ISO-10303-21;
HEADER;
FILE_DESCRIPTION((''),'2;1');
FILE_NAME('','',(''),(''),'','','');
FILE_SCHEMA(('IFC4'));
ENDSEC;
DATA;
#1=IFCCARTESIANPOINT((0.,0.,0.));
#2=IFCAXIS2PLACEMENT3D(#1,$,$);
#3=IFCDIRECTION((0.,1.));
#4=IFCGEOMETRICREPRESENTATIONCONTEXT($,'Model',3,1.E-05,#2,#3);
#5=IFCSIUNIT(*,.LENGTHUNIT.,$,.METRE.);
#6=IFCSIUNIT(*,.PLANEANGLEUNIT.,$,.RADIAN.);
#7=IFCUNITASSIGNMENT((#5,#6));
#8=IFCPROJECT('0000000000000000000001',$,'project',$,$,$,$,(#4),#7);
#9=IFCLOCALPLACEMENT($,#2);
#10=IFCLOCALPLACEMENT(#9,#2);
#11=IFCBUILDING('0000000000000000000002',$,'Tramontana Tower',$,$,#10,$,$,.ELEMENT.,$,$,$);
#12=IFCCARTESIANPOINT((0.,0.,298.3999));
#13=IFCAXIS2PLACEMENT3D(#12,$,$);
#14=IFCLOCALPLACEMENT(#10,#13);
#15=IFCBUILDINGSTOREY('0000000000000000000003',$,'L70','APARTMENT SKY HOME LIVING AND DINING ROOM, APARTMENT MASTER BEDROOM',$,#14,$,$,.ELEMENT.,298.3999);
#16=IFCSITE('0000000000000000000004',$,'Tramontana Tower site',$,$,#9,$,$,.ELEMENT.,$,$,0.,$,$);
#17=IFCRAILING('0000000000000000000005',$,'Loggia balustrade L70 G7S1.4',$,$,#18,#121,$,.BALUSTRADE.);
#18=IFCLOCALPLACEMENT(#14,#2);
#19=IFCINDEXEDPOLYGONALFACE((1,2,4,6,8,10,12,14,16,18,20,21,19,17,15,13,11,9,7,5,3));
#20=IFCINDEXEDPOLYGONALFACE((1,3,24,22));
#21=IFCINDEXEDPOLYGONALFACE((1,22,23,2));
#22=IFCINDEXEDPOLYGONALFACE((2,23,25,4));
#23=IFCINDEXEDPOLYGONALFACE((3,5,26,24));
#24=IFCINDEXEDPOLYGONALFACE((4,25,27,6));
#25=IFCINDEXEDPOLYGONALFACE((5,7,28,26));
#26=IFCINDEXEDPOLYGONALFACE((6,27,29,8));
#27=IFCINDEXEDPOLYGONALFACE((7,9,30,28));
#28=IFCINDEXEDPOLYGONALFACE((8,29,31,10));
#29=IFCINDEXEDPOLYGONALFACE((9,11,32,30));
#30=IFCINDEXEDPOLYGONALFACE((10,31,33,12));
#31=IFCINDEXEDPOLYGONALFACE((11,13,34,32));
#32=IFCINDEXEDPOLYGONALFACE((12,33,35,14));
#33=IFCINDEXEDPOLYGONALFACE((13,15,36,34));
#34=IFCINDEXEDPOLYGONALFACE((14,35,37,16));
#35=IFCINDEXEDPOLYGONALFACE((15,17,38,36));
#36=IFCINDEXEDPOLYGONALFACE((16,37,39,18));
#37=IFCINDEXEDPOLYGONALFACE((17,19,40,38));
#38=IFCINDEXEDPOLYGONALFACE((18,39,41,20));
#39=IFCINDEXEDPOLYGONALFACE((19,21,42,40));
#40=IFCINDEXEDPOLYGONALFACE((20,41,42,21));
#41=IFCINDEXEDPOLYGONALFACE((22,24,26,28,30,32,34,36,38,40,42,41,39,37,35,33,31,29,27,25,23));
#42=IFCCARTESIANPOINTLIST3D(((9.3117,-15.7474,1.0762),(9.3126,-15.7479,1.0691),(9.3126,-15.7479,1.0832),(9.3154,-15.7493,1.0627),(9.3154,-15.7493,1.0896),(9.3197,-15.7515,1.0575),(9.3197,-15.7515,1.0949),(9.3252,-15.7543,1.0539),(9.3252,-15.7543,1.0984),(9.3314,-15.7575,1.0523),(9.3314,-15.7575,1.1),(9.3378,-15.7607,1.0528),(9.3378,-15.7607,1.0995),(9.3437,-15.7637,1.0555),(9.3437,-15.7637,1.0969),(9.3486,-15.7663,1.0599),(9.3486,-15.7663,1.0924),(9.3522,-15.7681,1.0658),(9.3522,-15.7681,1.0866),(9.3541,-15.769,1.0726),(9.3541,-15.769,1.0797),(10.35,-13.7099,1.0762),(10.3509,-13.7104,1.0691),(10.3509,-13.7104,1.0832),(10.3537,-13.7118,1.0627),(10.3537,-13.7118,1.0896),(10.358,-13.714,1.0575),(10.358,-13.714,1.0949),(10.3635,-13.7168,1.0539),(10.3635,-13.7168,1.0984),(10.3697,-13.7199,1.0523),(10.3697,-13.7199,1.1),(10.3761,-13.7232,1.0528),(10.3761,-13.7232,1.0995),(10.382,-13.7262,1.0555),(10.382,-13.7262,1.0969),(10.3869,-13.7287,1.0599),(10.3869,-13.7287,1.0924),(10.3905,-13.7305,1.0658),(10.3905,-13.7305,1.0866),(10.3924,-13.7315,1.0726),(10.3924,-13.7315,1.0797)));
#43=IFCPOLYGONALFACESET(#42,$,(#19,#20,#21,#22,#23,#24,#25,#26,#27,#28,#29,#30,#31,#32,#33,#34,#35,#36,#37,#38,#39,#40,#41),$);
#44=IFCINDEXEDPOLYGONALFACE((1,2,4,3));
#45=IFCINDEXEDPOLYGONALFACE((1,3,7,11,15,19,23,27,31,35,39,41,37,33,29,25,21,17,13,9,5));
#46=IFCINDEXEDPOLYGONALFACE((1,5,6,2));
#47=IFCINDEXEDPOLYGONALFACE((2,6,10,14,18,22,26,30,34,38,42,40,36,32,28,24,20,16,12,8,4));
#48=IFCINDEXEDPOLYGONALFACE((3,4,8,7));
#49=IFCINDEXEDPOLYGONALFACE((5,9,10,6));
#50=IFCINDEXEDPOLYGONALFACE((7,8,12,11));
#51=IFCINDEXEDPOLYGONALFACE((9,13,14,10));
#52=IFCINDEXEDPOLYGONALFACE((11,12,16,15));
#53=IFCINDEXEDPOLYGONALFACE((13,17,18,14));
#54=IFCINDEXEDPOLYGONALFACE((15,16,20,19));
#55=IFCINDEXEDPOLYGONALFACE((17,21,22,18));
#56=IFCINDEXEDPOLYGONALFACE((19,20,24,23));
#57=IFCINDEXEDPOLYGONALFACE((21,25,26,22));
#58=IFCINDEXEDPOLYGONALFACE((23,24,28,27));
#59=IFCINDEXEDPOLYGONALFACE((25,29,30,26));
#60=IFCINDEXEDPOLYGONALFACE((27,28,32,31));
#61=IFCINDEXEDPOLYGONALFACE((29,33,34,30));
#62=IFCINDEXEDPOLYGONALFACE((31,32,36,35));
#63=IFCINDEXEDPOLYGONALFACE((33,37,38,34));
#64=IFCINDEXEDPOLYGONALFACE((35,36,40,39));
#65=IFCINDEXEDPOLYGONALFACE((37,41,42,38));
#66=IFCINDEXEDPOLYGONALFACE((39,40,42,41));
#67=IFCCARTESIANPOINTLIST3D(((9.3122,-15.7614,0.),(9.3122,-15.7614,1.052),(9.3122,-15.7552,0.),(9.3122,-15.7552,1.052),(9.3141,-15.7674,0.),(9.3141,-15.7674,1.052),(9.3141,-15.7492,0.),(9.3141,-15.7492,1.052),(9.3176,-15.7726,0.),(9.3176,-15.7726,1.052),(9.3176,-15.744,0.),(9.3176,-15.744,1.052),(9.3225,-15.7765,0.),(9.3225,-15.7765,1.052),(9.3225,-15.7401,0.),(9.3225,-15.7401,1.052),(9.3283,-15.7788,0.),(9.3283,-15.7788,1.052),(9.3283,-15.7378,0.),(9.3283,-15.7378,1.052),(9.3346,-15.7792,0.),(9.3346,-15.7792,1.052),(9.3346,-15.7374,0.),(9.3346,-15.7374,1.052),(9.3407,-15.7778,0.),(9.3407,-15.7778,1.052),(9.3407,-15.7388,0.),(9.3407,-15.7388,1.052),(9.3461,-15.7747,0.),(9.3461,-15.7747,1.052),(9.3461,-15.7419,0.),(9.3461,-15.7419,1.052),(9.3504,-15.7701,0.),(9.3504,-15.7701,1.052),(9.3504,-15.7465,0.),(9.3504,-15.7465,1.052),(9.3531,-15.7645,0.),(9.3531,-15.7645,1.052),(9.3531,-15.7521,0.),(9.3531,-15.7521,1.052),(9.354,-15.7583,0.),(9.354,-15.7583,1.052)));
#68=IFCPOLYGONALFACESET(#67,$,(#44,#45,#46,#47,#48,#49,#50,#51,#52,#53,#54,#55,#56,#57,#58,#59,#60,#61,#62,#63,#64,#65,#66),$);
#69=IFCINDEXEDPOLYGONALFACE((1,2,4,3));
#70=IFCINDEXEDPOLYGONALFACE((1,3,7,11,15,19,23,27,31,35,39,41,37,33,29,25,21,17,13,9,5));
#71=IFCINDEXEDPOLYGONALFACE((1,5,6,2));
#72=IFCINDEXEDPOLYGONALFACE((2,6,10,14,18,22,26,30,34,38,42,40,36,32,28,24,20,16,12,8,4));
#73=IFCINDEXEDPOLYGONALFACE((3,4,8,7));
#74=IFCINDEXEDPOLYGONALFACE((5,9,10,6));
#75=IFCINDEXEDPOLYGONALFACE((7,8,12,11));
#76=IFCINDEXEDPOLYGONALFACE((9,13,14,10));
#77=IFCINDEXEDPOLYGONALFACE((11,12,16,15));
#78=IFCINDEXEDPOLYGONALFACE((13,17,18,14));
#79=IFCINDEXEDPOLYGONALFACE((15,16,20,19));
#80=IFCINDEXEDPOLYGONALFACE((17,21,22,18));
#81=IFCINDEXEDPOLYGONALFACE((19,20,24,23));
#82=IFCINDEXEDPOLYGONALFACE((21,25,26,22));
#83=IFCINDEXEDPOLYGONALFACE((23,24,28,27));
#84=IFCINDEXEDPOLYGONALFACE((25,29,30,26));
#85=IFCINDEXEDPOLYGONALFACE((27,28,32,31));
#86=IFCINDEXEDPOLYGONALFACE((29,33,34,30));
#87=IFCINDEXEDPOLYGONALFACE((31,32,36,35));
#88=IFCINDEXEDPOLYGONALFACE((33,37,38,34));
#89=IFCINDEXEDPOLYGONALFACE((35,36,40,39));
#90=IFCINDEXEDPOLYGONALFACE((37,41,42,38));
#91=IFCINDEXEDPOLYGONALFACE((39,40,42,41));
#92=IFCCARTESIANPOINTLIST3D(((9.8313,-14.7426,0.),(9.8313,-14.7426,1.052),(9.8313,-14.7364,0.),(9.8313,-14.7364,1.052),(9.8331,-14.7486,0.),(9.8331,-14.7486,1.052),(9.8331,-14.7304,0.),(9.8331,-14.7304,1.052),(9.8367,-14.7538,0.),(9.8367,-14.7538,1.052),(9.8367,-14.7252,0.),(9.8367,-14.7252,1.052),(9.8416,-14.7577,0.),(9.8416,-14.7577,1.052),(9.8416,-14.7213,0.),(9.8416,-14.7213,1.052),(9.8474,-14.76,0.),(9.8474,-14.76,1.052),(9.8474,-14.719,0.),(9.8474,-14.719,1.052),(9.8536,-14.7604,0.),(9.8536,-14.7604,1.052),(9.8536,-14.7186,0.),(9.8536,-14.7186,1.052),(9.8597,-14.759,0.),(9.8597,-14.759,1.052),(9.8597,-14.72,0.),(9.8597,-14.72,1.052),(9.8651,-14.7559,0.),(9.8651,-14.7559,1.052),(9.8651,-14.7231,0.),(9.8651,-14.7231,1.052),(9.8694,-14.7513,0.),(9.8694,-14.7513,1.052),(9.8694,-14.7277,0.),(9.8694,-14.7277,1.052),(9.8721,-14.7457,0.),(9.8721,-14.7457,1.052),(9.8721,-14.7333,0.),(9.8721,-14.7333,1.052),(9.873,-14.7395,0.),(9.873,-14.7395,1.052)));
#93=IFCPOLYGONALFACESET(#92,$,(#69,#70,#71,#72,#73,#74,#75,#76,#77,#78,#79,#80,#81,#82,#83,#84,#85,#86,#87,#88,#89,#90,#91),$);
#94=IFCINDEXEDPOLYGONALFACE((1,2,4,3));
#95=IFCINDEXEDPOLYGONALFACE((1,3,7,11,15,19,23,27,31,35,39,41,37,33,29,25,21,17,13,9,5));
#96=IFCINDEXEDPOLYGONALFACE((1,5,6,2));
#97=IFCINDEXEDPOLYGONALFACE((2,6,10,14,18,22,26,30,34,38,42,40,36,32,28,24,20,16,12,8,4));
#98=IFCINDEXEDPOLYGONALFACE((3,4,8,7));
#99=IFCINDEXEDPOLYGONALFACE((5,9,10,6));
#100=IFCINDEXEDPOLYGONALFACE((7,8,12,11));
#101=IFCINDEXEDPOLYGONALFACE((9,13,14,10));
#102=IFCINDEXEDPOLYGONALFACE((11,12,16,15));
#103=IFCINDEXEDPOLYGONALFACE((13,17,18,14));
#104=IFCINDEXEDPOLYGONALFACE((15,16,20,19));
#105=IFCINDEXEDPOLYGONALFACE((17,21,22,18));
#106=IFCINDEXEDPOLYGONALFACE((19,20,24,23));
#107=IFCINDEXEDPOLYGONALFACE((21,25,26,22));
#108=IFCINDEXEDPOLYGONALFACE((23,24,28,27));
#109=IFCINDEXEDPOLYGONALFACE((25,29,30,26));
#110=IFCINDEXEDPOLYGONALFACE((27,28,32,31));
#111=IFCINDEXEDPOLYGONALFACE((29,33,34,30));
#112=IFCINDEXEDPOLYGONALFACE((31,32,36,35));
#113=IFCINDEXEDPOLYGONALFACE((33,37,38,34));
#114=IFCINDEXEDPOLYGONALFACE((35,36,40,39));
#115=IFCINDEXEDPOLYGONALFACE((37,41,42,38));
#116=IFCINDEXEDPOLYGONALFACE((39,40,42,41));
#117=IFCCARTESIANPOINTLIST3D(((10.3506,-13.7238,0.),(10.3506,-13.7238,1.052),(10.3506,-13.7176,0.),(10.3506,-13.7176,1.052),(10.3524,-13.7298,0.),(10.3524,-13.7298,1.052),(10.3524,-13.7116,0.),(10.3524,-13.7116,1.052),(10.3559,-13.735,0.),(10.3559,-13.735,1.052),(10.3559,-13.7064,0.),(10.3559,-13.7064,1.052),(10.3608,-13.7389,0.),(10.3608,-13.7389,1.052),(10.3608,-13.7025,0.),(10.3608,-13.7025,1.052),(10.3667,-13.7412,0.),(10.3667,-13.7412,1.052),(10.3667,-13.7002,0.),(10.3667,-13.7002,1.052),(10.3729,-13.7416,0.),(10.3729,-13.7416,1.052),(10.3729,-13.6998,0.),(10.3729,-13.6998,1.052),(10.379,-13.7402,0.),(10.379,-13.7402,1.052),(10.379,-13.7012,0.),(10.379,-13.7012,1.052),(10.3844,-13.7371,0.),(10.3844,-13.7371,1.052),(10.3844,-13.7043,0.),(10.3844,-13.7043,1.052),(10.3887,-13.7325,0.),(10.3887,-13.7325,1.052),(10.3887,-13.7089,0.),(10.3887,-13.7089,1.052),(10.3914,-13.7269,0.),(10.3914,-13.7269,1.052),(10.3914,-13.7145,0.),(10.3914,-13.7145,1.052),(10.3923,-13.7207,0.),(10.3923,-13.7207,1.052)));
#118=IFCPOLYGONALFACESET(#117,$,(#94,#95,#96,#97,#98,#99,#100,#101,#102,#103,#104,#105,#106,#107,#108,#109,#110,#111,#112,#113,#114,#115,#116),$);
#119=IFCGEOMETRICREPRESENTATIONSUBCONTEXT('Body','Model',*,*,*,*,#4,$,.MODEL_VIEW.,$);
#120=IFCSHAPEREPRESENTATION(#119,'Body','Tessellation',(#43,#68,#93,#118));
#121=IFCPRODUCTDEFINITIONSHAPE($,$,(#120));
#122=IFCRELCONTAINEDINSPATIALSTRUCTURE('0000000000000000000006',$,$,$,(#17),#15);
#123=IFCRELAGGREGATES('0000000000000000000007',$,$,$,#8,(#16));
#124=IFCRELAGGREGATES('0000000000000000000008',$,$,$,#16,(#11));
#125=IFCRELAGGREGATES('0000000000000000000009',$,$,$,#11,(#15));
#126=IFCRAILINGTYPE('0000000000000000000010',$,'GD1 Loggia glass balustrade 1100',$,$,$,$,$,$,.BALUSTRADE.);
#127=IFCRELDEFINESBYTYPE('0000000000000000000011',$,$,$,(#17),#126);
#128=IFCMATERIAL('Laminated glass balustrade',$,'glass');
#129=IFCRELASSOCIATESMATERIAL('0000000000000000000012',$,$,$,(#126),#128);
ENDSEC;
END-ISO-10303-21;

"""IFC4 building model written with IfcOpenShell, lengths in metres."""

from ifc_helpers import new_model, si_unit, direction, frame, origin, origin_2d, place, context, subcontext, project, spatial, circle, extrude, material, type_object, element, save


model = new_model("IFC4")

# Units and contexts
model_context = context("Model", 3, precision=1e-05, world=origin(), true_north=direction((0.0, 1.0)))
body_context = subcontext(model_context, "Body", "Model", "MODEL_VIEW")
ifc_project = project(units=[si_unit("LENGTHUNIT", "METRE"), si_unit("PLANEANGLEUNIT", "RADIAN")], contexts=[model_context])

# Site, building, storey
site_placement = place(None, origin())
site = spatial("IfcSite", under=ifc_project, at=site_placement, Name="Tramontana Tower site", CompositionType="ELEMENT", RefElevation=0.0)
building_placement = place(site_placement, origin())
building = spatial("IfcBuilding", under=site, at=building_placement, Name="Tramontana Tower", CompositionType="ELEMENT")
storey_placement = place(building_placement, frame((0.0, 0.0, 298.3999)))
storey = spatial("IfcBuildingStorey", under=building, at=storey_placement, Name="L70", Description="APARTMENT SKY HOME LIVING AND DINING ROOM, APARTMENT MASTER BEDROOM", CompositionType="ELEMENT", Elevation=298.3999)

# Railing
ifc_material_1 = material(Name="Laminated glass balustrade", Category="glass")
railing_type = type_object("IfcRailingType", Name="GD1 Loggia glass balustrade 1100", PredefinedType="BALUSTRADE", material=ifc_material_1)
railing_1_placement = place(storey_placement, frame((9.333, -15.7583, 0.0)))
element("IfcRailing", 1, at=railing_1_placement, inside=storey, type_object=railing_type, Name="Loggia balustrade L70 G7S1.4", PredefinedType="BALUSTRADE", context=body_context, shape_type="SweptSolid", body=[
    extrude(circle(Radius=0.0239, at=origin_2d()), frame((0.0, 0.0, 1.0762), z_axis=(0.454033, 0.890985, 0.0), x_axis=(-0.890985, 0.454033, 0.0)), (0.0, 0.0, 1.0), 2.2869),
    extrude(circle(Radius=0.021, at=origin_2d()), origin(), (0.0, 0.0, 1.0), 1.052),
    extrude(circle(Radius=0.021, at=origin_2d()), frame((0.519, 1.0188, 0.0)), (0.0, 0.0, 1.0), 1.052),
    extrude(circle(Radius=0.021, at=origin_2d()), frame((1.0383, 2.0376, 0.0)), (0.0, 0.0, 1.0), 1.052),
])

save(model, "model.ifc")
